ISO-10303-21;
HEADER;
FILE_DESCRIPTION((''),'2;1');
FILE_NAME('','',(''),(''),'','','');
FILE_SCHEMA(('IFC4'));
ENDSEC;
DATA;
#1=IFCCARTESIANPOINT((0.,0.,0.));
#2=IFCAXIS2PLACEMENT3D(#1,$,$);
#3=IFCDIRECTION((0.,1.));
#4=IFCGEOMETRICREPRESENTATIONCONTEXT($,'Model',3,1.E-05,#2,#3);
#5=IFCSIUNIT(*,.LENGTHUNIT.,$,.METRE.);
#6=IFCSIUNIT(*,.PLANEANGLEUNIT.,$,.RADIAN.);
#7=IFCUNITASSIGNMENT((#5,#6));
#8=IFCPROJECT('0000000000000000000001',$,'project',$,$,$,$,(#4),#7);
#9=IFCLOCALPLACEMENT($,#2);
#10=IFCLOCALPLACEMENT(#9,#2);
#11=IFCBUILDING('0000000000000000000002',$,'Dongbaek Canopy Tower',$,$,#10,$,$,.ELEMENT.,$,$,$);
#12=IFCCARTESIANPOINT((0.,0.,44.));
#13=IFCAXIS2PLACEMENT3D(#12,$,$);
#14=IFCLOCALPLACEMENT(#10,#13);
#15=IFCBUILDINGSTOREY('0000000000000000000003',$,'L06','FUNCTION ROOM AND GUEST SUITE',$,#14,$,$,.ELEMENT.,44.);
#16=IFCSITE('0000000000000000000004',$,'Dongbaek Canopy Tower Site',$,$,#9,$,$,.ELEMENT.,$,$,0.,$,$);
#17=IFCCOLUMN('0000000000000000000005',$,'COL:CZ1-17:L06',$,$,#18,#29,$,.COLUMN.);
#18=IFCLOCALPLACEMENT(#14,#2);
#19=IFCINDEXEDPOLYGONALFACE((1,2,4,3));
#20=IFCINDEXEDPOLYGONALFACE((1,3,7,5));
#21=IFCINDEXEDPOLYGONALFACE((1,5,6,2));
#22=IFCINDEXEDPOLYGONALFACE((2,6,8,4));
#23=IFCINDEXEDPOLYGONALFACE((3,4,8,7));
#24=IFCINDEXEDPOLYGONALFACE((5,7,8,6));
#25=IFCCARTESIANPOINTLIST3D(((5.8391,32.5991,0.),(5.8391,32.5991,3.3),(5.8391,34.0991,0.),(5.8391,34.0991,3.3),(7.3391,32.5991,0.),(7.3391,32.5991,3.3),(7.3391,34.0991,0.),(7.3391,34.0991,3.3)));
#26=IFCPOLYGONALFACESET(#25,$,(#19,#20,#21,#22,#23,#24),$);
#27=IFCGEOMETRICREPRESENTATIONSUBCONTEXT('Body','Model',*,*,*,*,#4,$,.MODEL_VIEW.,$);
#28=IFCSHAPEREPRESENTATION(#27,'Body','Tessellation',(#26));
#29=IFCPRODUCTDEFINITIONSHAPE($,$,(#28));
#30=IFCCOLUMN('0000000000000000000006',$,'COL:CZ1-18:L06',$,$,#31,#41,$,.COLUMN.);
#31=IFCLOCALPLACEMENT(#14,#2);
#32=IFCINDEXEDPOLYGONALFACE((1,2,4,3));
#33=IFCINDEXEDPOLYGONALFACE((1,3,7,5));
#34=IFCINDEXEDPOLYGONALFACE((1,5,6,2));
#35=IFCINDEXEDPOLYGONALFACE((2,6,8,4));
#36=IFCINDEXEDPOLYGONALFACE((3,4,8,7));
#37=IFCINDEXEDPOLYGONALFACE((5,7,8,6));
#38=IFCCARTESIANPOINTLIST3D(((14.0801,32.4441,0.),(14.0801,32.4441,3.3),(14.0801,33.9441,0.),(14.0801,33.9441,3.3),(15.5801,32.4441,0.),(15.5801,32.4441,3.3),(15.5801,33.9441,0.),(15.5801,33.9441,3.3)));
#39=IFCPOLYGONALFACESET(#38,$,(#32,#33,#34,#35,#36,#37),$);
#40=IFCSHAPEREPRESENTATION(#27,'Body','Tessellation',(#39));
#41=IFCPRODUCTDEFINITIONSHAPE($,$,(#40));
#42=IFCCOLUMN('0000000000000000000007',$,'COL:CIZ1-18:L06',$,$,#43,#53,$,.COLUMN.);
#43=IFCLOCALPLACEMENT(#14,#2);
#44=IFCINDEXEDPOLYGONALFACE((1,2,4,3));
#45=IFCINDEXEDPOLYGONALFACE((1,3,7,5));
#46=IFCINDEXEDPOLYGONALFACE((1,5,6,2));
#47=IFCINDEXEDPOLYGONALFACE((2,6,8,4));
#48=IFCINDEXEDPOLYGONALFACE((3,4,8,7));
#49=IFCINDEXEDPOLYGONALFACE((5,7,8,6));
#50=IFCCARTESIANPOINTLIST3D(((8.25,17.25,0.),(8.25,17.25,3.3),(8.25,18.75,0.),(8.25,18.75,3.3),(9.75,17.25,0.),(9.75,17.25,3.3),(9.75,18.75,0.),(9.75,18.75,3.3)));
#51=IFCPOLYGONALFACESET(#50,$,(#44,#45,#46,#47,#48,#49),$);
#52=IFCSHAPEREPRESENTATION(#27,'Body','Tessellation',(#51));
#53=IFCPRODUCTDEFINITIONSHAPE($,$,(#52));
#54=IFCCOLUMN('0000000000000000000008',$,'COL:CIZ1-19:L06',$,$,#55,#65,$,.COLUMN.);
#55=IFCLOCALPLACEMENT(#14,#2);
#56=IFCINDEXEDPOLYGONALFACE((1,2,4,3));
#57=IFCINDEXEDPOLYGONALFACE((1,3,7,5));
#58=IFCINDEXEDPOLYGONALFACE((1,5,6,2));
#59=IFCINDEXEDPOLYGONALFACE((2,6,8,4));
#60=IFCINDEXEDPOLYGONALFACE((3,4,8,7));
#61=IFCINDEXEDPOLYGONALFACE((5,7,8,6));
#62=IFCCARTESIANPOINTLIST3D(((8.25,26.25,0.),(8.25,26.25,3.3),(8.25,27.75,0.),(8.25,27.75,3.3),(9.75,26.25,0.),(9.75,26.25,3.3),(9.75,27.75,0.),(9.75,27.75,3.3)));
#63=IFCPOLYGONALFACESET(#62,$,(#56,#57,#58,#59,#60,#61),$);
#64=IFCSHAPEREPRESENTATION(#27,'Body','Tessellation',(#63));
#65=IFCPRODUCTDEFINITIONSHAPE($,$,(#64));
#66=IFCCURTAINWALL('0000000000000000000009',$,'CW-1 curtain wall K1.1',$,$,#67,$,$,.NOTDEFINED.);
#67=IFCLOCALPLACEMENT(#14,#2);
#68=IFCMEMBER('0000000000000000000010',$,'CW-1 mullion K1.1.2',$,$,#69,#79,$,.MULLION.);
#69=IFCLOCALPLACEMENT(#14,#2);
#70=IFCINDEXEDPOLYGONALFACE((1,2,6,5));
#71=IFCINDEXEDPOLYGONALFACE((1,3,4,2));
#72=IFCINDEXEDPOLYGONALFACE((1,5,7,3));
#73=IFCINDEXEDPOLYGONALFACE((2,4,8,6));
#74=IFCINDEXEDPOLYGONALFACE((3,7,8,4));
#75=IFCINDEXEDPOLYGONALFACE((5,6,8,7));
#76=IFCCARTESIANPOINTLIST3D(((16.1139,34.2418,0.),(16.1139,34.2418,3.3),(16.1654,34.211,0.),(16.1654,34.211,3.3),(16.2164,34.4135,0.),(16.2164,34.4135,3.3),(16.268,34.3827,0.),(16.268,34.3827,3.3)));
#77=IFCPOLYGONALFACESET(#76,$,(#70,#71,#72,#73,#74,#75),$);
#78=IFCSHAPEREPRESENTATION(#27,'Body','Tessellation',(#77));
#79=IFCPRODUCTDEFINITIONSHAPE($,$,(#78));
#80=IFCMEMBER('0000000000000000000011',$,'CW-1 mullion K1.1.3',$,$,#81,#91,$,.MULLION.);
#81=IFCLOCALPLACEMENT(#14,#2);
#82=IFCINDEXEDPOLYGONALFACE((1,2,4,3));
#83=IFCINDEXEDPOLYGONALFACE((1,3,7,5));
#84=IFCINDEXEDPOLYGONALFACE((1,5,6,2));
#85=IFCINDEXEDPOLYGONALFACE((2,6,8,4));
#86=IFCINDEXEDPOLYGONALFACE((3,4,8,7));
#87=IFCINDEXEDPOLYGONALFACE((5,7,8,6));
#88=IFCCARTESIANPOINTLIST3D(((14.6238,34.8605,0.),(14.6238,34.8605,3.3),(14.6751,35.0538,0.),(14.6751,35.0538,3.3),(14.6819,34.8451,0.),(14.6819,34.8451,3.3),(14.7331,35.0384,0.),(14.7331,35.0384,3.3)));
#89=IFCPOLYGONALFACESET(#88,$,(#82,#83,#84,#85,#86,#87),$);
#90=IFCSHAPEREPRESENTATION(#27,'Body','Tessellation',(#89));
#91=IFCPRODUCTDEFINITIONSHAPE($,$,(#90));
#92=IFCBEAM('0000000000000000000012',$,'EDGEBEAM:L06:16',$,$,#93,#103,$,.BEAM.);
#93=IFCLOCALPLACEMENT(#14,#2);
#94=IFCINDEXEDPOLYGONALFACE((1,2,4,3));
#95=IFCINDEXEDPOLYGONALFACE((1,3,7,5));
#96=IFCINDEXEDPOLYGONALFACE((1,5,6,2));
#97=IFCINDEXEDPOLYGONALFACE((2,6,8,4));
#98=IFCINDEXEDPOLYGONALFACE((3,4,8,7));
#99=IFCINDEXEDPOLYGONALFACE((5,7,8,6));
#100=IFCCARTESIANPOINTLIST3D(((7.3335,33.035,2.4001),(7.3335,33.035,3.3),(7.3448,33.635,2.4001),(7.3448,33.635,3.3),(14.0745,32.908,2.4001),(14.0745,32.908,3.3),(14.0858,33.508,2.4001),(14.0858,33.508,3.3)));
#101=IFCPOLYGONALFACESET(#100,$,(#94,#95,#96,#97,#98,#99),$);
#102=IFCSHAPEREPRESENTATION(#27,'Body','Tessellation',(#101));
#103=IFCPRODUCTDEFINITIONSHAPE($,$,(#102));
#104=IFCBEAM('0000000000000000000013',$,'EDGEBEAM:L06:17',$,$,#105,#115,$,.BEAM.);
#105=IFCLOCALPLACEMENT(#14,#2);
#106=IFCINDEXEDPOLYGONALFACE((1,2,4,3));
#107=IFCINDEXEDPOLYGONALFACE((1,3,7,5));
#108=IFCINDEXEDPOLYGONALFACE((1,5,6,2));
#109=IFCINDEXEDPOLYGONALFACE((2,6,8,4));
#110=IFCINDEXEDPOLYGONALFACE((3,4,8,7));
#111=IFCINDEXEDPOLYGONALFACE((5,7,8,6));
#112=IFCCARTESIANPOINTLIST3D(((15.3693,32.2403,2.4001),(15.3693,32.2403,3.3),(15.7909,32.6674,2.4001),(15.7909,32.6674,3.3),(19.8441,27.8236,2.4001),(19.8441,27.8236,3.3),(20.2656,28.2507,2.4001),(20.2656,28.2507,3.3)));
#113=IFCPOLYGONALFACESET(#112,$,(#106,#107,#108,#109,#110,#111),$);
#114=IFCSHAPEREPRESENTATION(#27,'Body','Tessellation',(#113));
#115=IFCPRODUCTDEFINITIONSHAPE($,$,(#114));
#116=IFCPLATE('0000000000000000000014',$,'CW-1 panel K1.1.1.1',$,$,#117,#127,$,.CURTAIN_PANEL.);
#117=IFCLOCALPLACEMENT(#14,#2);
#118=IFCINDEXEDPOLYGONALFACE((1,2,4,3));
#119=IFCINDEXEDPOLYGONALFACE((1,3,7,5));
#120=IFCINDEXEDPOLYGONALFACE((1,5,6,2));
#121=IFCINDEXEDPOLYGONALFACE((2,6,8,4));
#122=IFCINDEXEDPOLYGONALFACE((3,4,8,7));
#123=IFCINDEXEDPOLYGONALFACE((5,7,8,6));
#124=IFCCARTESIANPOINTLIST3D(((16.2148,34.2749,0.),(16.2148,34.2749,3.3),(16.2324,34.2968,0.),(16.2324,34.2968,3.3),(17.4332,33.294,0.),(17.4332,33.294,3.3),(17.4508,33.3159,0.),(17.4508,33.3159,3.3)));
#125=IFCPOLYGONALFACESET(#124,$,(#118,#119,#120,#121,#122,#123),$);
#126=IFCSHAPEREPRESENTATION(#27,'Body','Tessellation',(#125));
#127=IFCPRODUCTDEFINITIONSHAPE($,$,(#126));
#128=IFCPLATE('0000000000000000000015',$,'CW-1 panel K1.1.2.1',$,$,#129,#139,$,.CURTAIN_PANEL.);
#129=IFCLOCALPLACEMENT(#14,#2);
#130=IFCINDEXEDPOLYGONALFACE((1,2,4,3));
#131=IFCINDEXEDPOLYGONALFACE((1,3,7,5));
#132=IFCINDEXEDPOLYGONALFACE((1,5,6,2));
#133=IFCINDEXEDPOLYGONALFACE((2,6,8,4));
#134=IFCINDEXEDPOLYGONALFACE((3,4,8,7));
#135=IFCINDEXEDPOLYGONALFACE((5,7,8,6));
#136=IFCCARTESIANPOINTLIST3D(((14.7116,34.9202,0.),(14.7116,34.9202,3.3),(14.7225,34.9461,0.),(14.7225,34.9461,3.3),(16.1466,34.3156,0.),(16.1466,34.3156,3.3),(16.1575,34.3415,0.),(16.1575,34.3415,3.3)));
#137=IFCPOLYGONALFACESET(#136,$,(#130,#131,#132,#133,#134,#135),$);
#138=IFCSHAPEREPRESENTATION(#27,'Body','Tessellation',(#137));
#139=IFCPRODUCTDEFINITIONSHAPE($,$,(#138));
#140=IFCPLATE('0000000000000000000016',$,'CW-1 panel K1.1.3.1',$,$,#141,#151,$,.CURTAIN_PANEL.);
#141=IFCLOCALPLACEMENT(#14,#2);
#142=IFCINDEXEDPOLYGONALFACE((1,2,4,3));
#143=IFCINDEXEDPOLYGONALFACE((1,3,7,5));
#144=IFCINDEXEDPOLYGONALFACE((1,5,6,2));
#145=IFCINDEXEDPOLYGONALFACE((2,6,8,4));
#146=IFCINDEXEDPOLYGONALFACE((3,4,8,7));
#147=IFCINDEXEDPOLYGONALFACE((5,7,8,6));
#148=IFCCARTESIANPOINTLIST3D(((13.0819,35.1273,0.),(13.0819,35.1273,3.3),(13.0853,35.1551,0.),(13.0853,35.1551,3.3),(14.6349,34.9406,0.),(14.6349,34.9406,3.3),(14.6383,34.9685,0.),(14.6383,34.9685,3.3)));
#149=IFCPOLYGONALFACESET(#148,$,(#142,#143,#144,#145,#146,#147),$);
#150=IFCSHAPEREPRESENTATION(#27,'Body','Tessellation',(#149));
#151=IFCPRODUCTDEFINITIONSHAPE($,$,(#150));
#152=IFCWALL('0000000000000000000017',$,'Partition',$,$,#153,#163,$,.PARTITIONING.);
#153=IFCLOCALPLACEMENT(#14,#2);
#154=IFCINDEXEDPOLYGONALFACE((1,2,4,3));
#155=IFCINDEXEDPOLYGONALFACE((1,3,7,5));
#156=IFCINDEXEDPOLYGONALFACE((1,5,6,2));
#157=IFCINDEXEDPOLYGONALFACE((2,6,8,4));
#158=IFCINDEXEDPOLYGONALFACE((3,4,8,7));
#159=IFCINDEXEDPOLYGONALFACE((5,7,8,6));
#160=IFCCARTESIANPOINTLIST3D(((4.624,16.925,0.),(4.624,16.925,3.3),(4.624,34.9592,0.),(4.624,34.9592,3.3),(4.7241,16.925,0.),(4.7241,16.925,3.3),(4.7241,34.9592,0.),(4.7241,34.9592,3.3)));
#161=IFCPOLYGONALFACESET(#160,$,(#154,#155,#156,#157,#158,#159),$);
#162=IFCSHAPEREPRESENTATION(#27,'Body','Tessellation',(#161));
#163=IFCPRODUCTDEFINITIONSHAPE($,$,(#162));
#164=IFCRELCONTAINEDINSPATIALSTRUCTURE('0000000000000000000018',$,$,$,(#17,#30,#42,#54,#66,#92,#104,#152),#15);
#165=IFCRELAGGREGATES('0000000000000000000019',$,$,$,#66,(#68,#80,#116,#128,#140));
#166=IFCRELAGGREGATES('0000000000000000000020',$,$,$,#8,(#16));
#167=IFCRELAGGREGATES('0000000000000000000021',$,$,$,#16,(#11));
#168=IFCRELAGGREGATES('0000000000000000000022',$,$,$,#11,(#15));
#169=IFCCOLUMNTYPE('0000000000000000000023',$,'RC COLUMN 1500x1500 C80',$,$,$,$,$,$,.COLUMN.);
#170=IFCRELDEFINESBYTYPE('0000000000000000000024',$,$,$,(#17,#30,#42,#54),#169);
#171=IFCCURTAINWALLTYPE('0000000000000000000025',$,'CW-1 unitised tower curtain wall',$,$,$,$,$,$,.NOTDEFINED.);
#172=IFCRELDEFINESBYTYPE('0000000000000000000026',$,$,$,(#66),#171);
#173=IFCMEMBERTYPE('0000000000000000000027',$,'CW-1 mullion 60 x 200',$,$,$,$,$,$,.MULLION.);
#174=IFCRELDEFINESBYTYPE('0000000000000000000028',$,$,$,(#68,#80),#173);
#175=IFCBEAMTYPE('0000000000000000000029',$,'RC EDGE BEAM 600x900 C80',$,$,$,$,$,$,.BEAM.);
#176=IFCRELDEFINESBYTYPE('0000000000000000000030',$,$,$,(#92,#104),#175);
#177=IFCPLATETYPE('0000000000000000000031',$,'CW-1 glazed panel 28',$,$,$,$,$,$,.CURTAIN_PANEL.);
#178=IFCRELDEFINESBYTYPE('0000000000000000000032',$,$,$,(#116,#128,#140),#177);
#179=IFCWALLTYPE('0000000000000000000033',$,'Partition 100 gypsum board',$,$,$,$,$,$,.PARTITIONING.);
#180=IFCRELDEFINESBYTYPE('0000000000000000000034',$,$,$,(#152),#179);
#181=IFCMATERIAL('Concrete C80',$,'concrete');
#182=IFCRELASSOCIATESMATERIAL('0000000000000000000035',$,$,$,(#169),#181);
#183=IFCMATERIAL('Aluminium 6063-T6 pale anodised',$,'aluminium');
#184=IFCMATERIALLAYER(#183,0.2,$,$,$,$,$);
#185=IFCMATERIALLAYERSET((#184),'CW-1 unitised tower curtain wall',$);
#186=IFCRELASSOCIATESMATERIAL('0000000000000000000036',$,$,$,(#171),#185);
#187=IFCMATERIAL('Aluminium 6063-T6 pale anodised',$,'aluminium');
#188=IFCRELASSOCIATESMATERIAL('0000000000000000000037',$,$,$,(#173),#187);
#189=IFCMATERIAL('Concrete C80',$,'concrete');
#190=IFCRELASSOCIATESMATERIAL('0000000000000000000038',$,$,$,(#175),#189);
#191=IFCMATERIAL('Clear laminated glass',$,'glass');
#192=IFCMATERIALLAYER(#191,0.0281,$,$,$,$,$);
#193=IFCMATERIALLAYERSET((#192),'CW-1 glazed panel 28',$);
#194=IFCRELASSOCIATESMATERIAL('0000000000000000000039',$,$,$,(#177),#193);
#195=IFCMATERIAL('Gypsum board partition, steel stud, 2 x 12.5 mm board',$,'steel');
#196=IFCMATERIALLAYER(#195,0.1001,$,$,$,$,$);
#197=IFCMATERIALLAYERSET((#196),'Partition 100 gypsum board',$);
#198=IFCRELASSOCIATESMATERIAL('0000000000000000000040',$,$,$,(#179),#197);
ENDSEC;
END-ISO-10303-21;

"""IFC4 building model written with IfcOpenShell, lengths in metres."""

from ifc_helpers import new_model, si_unit, direction, frame, frame_2d, origin, origin_2d, place, context, subcontext, project, spatial, rectangle, extrude, material, layer, layer_set, material_profile, profile_set, type_object, element, aggregate, save


model = new_model("IFC4")

# Units and contexts
model_context = context("Model", 3, precision=1e-05, world=origin(), true_north=direction((0.0, 1.0)))
body_context = subcontext(model_context, "Body", "Model", "MODEL_VIEW")
ifc_project = project(units=[si_unit("LENGTHUNIT", "METRE"), si_unit("PLANEANGLEUNIT", "RADIAN")], contexts=[model_context])

# Site, building, storey
site_placement = place(None, origin())
site = spatial("IfcSite", under=ifc_project, at=site_placement, Name="Dongbaek Canopy Tower Site", CompositionType="ELEMENT", RefElevation=0.0)
building_placement = place(site_placement, origin())
building = spatial("IfcBuilding", under=site, at=building_placement, Name="Dongbaek Canopy Tower", CompositionType="ELEMENT")
storey_placement = place(building_placement, frame((0.0, 0.0, 44.0)))
storey = spatial("IfcBuildingStorey", under=building, at=storey_placement, Name="L06", Description="FUNCTION ROOM AND GUEST SUITE", CompositionType="ELEMENT", Elevation=44.0)

# Columns
ifc_material_1 = material(Name="Concrete C80", Category="concrete")
ifc_material_profile_1 = material_profile(ifc_material_1, rectangle(XDim=1.5, YDim=1.5, at=origin_2d()), Name="RC COLUMN 1500x1500 C80")
ifc_profile_set_1 = profile_set([ifc_material_profile_1], Name="Concrete C80")
column_type = type_object("IfcColumnType", Name="RC COLUMN 1500x1500 C80", PredefinedType="COLUMN", material=ifc_profile_set_1)
for number, where, z_axis, x_axis, name in (
    (1, (6.5891, 33.3491, 0.0), (0.0, 0.0, 1.0), (1.0, 0.0, 0.0), "COL:CZ1-17:L06"),
    (2, (14.8301, 33.1941, 0.0), (0.0, 0.0, 1.0), (1.0, 0.0, 0.0), "COL:CZ1-18:L06"),
    (3, (9.0, 18.0, 0.0), (0.0, 0.0, 1.0), (1.0, 0.0, 0.0), "COL:CIZ1-18:L06"),
    (4, (9.0, 27.0, 0.0), (0.0, 0.0, 1.0), (1.0, 0.0, 0.0), "COL:CIZ1-19:L06"),
):
    element("IfcColumn", number, at=place(storey_placement, frame(where, z_axis=z_axis, x_axis=x_axis)), inside=storey, type_object=column_type, Name=name, PredefinedType="COLUMN", context=body_context, shape_type="SweptSolid", body=[
        extrude(rectangle(XDim=1.5, YDim=1.5, at=origin_2d()), origin(), (0.0, 0.0, 1.0), 3.3),
    ])

# Curtain wall, members
ifc_material_2 = material(Name="Aluminium 6063-T6 pale anodised", Category="aluminium")
ifc_layer_1 = layer(ifc_material_2, 0.2)
ifc_layer_set_1 = layer_set([ifc_layer_1], Name="CW-1 unitised tower curtain wall")
curtain_wall_type = type_object("IfcCurtainWallType", Name="CW-1 unitised tower curtain wall", PredefinedType="NOTDEFINED", material=ifc_layer_set_1)
curtain_wall_placement = place(storey_placement, origin())
curtain_wall = element("IfcCurtainWall", 5, at=curtain_wall_placement, inside=storey, type_object=curtain_wall_type, Name="CW-1 curtain wall K1.1", PredefinedType="NOTDEFINED")
ifc_material_3 = material(Name="Aluminium 6063-T6 pale anodised", Category="aluminium")
ifc_material_profile_2 = material_profile(ifc_material_3, rectangle(XDim=0.2, YDim=0.0601, at=origin_2d()), Name="CW-1 mullion 60 x 200")
ifc_profile_set_2 = profile_set([ifc_material_profile_2], Name="Aluminium 6063-T6 pale anodised")
member_type = type_object("IfcMemberType", Name="CW-1 mullion 60 x 200", PredefinedType="MULLION", material=ifc_profile_set_2)
member_1_placement = place(storey_placement, frame((16.1909, 34.3123, 0.0), z_axis=(0.0, 0.0, 1.0), x_axis=(0.512669, 0.858586, 0.0)))
member_1 = element("IfcMember", 6, at=member_1_placement, type_object=member_type, Name="CW-1 mullion K1.1.2", PredefinedType="MULLION", context=body_context, shape_type="SweptSolid", body=[
    extrude(rectangle(XDim=0.2, YDim=0.0601, at=origin_2d()), origin(), (0.0, 0.0, 1.0), 3.3),
])
member_2_placement = place(storey_placement, frame((14.6785, 34.9495, 0.0), z_axis=(0.0, 0.0, 1.0), x_axis=(0.25629, 0.9666, 0.0)))
member_2 = element("IfcMember", 7, at=member_2_placement, type_object=member_type, Name="CW-1 mullion K1.1.3", PredefinedType="MULLION", context=body_context, shape_type="SweptSolid", body=[
    extrude(rectangle(XDim=0.2, YDim=0.0601, at=origin_2d()), origin(), (0.0, 0.0, 1.0), 3.3),
])

# Beams
ifc_material_4 = material(Name="Concrete C80", Category="concrete")
ifc_material_profile_3 = material_profile(ifc_material_4, rectangle(XDim=0.6001, YDim=0.8999, at=origin_2d()), Name="RC EDGE BEAM 600x900 C80")
ifc_profile_set_3 = profile_set([ifc_material_profile_3], Name="Concrete C80")
beam_type = type_object("IfcBeamType", Name="RC EDGE BEAM 600x900 C80", PredefinedType="BEAM", material=ifc_profile_set_3)
beam_1_placement = place(storey_placement, frame((7.3391, 33.335, 2.8501), z_axis=(0.999823, -0.01883, 0.0), x_axis=(0.01883, 0.999823, 0.0)))
element("IfcBeam", 8, at=beam_1_placement, inside=storey, type_object=beam_type, Name="EDGEBEAM:L06:16", PredefinedType="BEAM", context=body_context, shape_type="SweptSolid", body=[
    extrude(rectangle(XDim=0.6001, YDim=0.8999, at=origin_2d()), origin(), (0.0, 0.0, 1.0), 6.7422),
])
beam_2_placement = place(storey_placement, frame((15.5801, 32.4539, 2.8501), z_axis=(0.711712, -0.702471, 0.0), x_axis=(0.702471, 0.711712, 0.0)))
element("IfcBeam", 9, at=beam_2_placement, inside=storey, type_object=beam_type, Name="EDGEBEAM:L06:17", PredefinedType="BEAM", context=body_context, shape_type="SweptSolid", body=[
    extrude(rectangle(XDim=0.6001, YDim=0.8999, at=origin_2d()), origin(), (0.0, 0.0, 1.0), 6.2874),
])

# Plates
ifc_material_5 = material(Name="Clear laminated glass", Category="glass")
ifc_layer_2 = layer(ifc_material_5, 0.0281)
ifc_layer_set_2 = layer_set([ifc_layer_2], Name="CW-1 glazed panel 28")
plate_type = type_object("IfcPlateType", Name="CW-1 glazed panel 28", PredefinedType="CURTAIN_PANEL", material=ifc_layer_set_2)
plate_1_placement = place(storey_placement, frame((16.8328, 33.7954, 0.0), z_axis=(0.0, 0.0, 1.0), x_axis=(-0.778926, 0.627116, 0.0)))
plate_1 = element("IfcPlate", 10, at=plate_1_placement, type_object=plate_type, Name="CW-1 panel K1.1.1.1", PredefinedType="CURTAIN_PANEL", context=body_context, shape_type="SweptSolid", body=[
    extrude(rectangle(XDim=1.5642, YDim=0.0281, at=origin_2d()), origin(), (0.0, 0.0, 1.0), 3.3),
])
plate_2_placement = place(storey_placement, frame((15.4346, 34.6309, 0.0), z_axis=(0.0, 0.0, 1.0), x_axis=(-0.921552, 0.388254, 0.0)))
plate_2 = element("IfcPlate", 11, at=plate_2_placement, type_object=plate_type, Name="CW-1 panel K1.1.2.1", PredefinedType="CURTAIN_PANEL", context=body_context, shape_type="SweptSolid", body=[
    extrude(rectangle(XDim=1.5571, YDim=0.0281, at=origin_2d()), origin(), (0.0, 0.0, 1.0), 3.3),
])
plate_3_placement = place(storey_placement, frame((13.8601, 35.0479, 0.0), z_axis=(0.0, 0.0, 1.0), x_axis=(-0.992853, 0.119342, 0.0)))
plate_3 = element("IfcPlate", 12, at=plate_3_placement, type_object=plate_type, Name="CW-1 panel K1.1.3.1", PredefinedType="CURTAIN_PANEL", context=body_context, shape_type="SweptSolid", body=[
    extrude(rectangle(XDim=1.5642, YDim=0.0281, at=origin_2d()), origin(), (0.0, 0.0, 1.0), 3.3),
])
aggregate(curtain_wall, [member_1, member_2, plate_1, plate_2, plate_3])

# Wall
ifc_material_6 = material(Name="Gypsum board partition, steel stud, 2 x 12.5 mm board", Category="steel")
ifc_layer_3 = layer(ifc_material_6, 0.1001)
ifc_layer_set_3 = layer_set([ifc_layer_3], Name="Partition 100 gypsum board")
wall_type = type_object("IfcWallType", Name="Partition 100 gypsum board", PredefinedType="PARTITIONING", material=ifc_layer_set_3)
wall_placement = place(storey_placement, frame((4.6741, 16.925, 0.0), z_axis=(0.0, 0.0, 1.0), x_axis=(0.0, 1.0, 0.0)))
element("IfcWall", 13, at=wall_placement, inside=storey, type_object=wall_type, Name="Partition", PredefinedType="PARTITIONING", context=body_context, shape_type="SweptSolid", body=[
    extrude(rectangle(XDim=18.0342, YDim=0.1001, at=frame_2d((9.0171, 0.0))), origin(), (0.0, 0.0, 1.0), 3.3),
])

save(model, "model.ifc")
